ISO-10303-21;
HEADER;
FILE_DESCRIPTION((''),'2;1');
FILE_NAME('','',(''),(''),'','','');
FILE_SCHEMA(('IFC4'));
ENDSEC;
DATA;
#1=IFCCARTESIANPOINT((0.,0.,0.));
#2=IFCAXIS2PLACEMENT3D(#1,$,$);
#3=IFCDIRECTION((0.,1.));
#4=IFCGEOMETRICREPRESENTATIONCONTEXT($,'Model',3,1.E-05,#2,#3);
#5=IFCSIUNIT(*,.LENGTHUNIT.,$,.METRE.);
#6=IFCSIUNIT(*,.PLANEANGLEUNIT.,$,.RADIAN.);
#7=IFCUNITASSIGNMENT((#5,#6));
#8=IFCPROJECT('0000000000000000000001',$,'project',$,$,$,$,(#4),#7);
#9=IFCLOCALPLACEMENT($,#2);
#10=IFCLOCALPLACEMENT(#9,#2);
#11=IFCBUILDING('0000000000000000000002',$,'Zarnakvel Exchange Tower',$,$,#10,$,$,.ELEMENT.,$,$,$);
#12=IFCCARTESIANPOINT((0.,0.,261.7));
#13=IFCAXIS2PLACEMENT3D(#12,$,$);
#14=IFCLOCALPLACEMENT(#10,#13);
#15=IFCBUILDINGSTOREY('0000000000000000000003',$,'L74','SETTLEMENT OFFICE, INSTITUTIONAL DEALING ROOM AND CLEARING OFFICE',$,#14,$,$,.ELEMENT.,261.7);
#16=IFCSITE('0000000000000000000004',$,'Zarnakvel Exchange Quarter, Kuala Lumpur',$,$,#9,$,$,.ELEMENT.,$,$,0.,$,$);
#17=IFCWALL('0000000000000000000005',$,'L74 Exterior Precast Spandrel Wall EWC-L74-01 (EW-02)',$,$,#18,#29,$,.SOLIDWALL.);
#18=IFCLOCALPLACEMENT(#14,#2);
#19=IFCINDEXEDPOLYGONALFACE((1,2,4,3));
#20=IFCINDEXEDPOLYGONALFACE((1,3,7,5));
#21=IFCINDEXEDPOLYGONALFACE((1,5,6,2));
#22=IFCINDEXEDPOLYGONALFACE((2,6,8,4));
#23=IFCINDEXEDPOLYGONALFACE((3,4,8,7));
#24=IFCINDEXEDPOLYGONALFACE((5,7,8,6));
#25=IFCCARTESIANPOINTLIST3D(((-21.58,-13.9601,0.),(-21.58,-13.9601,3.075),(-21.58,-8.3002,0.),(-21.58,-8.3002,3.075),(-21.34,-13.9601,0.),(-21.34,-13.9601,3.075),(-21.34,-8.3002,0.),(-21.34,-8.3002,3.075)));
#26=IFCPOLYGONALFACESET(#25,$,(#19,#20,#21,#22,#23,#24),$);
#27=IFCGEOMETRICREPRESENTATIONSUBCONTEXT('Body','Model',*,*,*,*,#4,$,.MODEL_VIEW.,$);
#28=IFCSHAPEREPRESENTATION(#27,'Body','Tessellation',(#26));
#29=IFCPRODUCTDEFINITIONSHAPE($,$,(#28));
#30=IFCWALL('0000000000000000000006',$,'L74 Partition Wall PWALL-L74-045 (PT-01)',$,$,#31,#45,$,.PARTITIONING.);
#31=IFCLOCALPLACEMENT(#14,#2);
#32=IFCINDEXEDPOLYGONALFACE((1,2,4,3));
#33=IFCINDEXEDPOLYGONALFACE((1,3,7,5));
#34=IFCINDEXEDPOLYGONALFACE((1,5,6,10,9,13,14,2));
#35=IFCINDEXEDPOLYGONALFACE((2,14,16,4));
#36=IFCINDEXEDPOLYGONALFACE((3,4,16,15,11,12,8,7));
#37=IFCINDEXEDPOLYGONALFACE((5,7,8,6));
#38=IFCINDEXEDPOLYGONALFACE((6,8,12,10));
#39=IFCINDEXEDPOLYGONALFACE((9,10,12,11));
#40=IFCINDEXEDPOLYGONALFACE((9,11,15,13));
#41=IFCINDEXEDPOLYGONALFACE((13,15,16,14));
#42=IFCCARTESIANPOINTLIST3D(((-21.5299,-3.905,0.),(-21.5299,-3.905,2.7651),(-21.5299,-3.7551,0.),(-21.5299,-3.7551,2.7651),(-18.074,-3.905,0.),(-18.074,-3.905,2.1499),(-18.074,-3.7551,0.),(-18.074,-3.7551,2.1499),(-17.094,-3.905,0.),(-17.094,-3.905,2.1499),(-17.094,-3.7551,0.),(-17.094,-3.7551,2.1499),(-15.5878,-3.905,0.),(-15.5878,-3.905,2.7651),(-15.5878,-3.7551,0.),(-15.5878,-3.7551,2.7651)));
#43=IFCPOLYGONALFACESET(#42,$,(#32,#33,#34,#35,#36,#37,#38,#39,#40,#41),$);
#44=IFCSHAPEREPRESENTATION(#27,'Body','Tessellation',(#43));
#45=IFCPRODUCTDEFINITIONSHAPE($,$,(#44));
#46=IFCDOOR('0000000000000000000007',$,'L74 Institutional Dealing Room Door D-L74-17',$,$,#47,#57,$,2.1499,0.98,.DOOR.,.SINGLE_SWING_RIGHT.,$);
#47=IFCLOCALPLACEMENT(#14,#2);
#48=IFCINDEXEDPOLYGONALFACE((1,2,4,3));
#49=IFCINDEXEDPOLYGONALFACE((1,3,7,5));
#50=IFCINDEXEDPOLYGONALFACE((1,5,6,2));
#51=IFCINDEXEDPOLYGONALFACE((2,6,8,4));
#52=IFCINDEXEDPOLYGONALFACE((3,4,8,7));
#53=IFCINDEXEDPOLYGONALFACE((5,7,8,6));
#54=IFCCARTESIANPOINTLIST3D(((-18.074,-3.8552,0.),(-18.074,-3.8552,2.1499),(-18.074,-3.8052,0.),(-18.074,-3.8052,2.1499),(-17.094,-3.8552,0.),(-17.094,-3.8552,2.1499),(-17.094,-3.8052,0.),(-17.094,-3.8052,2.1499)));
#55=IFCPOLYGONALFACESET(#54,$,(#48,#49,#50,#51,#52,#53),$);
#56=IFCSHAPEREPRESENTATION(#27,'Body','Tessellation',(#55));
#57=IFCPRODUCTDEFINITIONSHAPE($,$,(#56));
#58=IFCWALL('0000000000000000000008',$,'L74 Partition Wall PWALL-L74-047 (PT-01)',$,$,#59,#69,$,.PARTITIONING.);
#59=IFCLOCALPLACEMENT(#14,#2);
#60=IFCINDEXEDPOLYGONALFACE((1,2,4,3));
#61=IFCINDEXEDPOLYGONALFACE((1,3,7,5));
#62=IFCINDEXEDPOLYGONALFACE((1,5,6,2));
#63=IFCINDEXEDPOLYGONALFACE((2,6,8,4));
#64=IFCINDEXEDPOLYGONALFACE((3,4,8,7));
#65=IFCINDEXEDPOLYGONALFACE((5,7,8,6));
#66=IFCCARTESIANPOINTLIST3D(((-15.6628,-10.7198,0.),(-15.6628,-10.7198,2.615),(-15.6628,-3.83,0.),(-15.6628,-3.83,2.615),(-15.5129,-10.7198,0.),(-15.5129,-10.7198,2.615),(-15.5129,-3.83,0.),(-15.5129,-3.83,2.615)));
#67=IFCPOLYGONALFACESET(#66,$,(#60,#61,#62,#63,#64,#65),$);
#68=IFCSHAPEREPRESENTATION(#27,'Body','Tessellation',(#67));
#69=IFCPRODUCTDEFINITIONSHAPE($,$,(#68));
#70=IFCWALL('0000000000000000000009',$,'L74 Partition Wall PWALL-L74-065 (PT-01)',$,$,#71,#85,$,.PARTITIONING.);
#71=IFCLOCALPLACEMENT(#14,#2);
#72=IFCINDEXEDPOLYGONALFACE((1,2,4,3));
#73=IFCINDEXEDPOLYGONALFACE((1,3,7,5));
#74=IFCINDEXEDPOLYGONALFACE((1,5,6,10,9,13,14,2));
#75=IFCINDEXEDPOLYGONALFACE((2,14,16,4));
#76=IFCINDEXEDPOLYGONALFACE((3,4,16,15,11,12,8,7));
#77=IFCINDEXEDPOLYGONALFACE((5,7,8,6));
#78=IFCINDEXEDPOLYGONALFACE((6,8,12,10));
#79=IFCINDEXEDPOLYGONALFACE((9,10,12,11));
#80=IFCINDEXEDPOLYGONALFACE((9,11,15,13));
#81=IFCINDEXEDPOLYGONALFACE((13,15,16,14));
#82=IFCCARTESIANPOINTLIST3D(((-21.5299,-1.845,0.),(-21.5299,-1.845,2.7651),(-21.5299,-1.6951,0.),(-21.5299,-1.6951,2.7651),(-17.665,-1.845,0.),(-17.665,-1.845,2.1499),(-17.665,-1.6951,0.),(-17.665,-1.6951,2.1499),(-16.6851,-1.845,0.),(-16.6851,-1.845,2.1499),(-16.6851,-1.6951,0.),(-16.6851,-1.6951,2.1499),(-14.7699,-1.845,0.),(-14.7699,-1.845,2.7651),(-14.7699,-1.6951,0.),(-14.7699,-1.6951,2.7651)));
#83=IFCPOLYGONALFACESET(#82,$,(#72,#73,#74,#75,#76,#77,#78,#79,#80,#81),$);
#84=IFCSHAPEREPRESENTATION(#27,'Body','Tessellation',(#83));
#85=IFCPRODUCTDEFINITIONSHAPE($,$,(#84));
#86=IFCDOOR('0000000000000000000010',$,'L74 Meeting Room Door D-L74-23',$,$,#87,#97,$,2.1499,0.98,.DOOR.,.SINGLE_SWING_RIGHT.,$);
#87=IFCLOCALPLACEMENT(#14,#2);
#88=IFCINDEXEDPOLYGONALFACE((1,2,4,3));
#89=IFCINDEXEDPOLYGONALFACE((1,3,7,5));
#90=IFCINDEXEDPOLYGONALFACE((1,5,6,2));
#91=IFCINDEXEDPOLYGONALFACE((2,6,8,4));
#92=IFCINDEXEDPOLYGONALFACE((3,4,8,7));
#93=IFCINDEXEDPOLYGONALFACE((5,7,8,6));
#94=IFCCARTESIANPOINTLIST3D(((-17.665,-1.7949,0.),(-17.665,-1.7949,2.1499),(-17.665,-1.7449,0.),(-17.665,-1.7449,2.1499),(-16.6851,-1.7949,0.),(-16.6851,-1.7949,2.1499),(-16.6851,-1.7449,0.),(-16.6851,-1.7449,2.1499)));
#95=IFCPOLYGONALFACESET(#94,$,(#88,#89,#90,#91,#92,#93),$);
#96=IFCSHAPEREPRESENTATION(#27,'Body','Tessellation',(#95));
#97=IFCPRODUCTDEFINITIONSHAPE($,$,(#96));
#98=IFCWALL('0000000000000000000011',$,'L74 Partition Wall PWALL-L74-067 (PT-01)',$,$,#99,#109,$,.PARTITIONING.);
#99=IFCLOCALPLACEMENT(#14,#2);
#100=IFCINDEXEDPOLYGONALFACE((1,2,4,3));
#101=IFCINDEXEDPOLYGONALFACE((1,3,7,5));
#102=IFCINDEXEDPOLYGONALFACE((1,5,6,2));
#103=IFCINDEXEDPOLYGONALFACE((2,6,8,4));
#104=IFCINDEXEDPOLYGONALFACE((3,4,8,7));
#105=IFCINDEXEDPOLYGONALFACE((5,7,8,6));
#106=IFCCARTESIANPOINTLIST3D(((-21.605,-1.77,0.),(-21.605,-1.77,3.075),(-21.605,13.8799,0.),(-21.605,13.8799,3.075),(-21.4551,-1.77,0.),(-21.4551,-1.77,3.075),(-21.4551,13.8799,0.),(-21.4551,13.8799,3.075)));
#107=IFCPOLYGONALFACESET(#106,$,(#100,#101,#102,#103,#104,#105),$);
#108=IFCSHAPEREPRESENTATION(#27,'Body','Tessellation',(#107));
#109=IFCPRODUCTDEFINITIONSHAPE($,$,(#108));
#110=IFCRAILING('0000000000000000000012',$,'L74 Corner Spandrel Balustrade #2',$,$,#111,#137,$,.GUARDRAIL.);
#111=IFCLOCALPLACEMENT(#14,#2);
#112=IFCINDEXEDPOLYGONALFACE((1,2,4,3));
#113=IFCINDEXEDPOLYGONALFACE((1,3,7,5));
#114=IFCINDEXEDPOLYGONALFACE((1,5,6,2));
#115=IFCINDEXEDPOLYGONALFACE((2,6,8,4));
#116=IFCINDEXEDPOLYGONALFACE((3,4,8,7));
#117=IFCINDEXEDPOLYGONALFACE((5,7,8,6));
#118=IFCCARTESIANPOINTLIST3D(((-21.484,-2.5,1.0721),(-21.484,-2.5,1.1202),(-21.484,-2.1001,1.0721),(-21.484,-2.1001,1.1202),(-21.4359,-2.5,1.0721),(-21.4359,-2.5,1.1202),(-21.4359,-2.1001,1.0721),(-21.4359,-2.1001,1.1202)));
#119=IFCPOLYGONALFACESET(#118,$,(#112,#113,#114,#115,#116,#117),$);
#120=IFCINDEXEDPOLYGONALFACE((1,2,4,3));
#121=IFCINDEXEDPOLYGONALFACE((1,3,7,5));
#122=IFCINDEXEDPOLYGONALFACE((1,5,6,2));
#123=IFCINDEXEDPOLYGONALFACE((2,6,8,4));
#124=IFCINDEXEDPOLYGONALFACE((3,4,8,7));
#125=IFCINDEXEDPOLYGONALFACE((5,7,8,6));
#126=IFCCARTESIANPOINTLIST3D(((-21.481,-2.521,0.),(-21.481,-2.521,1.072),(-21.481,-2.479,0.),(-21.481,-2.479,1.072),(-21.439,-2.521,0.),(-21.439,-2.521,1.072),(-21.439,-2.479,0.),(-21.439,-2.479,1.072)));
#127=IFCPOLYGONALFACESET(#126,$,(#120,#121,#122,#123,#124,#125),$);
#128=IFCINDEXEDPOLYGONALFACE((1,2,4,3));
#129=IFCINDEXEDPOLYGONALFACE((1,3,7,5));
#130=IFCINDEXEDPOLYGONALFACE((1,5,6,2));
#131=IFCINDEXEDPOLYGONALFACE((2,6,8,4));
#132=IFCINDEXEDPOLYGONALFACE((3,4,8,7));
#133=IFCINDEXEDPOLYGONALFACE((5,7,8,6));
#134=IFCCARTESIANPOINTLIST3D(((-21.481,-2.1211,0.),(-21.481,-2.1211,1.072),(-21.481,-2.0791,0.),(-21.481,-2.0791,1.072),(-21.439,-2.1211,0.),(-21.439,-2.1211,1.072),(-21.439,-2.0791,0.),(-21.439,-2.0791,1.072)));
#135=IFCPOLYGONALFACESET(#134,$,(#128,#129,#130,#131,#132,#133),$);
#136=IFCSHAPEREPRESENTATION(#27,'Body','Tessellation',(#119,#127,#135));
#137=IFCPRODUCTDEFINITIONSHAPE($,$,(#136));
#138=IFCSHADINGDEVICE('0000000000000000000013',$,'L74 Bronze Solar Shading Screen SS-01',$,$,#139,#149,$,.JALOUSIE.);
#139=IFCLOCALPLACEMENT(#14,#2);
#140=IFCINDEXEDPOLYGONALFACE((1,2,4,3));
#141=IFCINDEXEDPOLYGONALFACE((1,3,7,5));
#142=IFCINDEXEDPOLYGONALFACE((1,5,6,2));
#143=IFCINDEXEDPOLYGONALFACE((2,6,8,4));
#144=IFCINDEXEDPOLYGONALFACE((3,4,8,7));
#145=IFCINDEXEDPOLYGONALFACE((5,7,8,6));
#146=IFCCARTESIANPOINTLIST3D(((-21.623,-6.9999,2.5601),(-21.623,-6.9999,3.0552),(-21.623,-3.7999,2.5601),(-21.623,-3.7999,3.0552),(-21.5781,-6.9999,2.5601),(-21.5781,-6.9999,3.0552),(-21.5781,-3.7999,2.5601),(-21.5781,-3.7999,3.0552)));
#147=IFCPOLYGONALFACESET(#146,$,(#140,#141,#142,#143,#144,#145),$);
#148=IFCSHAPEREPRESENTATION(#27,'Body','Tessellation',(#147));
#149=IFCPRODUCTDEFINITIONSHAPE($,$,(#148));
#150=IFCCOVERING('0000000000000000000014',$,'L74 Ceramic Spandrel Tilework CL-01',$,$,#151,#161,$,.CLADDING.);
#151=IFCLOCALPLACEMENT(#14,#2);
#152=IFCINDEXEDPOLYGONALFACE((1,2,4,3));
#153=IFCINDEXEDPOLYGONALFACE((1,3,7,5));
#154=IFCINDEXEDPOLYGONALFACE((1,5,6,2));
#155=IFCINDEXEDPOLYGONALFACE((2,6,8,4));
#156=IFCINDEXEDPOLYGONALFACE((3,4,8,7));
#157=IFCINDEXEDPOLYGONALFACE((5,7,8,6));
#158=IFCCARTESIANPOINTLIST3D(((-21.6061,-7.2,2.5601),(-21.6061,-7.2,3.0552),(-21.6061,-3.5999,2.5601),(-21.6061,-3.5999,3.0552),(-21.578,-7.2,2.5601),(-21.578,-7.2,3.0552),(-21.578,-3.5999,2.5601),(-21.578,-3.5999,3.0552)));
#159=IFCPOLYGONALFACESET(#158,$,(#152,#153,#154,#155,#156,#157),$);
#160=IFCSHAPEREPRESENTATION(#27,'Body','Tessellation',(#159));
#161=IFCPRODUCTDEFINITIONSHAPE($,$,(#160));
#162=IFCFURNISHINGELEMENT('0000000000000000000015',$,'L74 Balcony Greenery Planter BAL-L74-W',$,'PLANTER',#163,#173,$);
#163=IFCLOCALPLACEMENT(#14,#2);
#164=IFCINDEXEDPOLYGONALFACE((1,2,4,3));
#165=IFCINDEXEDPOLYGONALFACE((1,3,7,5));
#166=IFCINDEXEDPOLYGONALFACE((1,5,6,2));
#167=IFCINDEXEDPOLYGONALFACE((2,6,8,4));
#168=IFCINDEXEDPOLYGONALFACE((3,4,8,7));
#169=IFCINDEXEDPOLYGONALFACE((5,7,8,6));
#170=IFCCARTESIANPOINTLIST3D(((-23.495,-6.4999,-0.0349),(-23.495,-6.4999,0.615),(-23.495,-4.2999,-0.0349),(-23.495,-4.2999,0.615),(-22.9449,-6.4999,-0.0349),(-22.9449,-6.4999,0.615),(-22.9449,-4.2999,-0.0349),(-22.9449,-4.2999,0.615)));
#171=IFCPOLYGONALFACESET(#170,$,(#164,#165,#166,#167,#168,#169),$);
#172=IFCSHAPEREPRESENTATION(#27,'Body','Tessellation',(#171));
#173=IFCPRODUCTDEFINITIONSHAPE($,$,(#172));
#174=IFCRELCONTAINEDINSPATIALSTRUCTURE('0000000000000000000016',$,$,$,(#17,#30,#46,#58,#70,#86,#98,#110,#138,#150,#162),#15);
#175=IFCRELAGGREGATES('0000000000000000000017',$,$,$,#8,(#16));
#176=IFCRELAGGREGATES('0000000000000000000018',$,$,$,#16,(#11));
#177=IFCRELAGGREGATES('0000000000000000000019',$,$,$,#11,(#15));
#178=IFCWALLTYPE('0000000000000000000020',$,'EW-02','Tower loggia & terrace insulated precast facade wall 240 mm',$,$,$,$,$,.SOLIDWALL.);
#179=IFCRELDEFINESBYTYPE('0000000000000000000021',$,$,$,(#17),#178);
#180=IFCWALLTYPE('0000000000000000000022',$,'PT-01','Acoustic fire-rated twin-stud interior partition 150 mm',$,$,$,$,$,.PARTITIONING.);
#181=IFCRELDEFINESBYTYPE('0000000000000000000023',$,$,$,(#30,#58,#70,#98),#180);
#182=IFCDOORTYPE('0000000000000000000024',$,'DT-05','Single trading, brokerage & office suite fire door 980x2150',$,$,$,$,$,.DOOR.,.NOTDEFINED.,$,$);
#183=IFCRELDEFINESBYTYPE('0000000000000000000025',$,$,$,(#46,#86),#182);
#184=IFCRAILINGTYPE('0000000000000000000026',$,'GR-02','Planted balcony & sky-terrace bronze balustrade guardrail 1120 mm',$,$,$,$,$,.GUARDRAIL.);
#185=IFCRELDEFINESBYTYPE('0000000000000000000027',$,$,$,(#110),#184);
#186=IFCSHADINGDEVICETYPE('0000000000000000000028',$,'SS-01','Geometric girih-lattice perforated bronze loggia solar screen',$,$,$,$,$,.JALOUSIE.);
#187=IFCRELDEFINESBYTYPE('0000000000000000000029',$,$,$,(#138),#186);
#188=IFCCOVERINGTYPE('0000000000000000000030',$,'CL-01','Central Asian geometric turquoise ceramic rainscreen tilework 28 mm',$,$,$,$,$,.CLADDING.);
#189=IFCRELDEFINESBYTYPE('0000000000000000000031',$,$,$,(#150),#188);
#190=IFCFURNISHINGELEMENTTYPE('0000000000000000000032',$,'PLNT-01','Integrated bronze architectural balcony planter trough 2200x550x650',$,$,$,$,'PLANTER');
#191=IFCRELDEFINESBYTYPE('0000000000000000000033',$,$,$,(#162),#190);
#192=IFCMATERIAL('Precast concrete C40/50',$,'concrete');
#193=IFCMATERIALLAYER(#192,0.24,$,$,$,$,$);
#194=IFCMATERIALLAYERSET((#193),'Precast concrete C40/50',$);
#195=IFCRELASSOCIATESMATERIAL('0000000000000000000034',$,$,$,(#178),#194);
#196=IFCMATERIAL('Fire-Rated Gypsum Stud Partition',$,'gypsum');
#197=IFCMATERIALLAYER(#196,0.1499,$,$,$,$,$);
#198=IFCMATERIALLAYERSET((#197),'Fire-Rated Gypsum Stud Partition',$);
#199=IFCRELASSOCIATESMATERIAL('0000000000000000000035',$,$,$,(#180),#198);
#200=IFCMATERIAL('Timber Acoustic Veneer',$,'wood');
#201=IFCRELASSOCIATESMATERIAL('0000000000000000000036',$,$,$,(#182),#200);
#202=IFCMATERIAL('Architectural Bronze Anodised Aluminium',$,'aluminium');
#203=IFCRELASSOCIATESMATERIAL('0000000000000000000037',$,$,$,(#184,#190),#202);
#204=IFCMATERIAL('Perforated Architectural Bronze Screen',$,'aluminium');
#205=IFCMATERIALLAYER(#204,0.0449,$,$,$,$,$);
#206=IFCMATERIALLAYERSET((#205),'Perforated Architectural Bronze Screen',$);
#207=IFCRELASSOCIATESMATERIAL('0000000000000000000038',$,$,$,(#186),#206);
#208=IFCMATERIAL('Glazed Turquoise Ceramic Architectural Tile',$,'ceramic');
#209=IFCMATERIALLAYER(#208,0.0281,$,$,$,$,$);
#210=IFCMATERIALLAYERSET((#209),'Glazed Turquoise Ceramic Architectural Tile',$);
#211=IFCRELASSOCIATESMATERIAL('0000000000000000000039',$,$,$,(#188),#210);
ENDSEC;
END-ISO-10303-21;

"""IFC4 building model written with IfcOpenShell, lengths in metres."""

from ifc_helpers import new_model, si_unit, direction, frame, frame_2d, origin, origin_2d, place, context, subcontext, project, spatial, rectangle, extrude, source, transform, mapped, material, layer, layer_set, type_object, element, fill, save


model = new_model("IFC4")

# Units and contexts
model_context = context("Model", 3, precision=1e-05, world=origin(), true_north=direction((0.0, 1.0)))
body_context = subcontext(model_context, "Body", "Model", "MODEL_VIEW")
ifc_project = project(units=[si_unit("LENGTHUNIT", "METRE"), si_unit("PLANEANGLEUNIT", "RADIAN")], contexts=[model_context])

# Site, building, storey
site_placement = place(None, origin())
site = spatial("IfcSite", under=ifc_project, at=site_placement, Name="Zarnakvel Exchange Quarter, Kuala Lumpur", CompositionType="ELEMENT", RefElevation=0.0)
building_placement = place(site_placement, origin())
building = spatial("IfcBuilding", under=site, at=building_placement, Name="Zarnakvel Exchange Tower", CompositionType="ELEMENT")
storey_placement = place(building_placement, frame((0.0, 0.0, 261.7)))
storey = spatial("IfcBuildingStorey", under=building, at=storey_placement, Name="L74", Description="SETTLEMENT OFFICE, INSTITUTIONAL DEALING ROOM AND CLEARING OFFICE", CompositionType="ELEMENT", Elevation=261.7)

# Shared definitions
ifc_material_1 = material(Name="Architectural Bronze Anodised Aluminium", Category="aluminium")

# Shared definitions
ifc_material_2 = material(Name="Precast concrete C40/50", Category="concrete")
ifc_layer_1 = layer(ifc_material_2, 0.24)
ifc_layer_set_1 = layer_set([ifc_layer_1], Name="Precast concrete C40/50")
wall_type_1 = type_object("IfcWallType", Name="EW-02", Description="Tower loggia & terrace insulated precast facade wall 240 mm", PredefinedType="SOLIDWALL", material=ifc_layer_set_1)

# Wall
wall_1_placement = place(storey_placement, frame((-21.46, -8.3, 0.0), z_axis=(0.0, 0.0, 1.0), x_axis=(0.0, -1.0, 0.0)))
element("IfcWall", 1, at=wall_1_placement, inside=storey, type_object=wall_type_1, Name="L74 Exterior Precast Spandrel Wall EWC-L74-01 (EW-02)", PredefinedType="SOLIDWALL", context=body_context, shape_type="SweptSolid", body=[
    extrude(rectangle(XDim=5.6599, YDim=0.24, at=frame_2d((2.8301, 0.0))), origin(), (0.0, 0.0, 1.0), 3.075),
])

# Wall, opening, door
ifc_material_3 = material(Name="Fire-Rated Gypsum Stud Partition", Category="gypsum")
ifc_layer_2 = layer(ifc_material_3, 0.1499)
ifc_layer_set_2 = layer_set([ifc_layer_2], Name="Fire-Rated Gypsum Stud Partition")
wall_type_2 = type_object("IfcWallType", Name="PT-01", Description="Acoustic fire-rated twin-stud interior partition 150 mm", PredefinedType="PARTITIONING", material=ifc_layer_set_2)
wall_2_placement = place(storey_placement, frame((-21.53, -3.8301, 0.0), z_axis=(0.0, 0.0, 1.0), x_axis=(1.0, 0.0, 0.0)))
wall_2 = element("IfcWall", 2, at=wall_2_placement, inside=storey, type_object=wall_type_2, Name="L74 Partition Wall PWALL-L74-045 (PT-01)", PredefinedType="PARTITIONING", context=body_context, shape_type="SweptSolid", body=[
    extrude(rectangle(XDim=5.9421, YDim=0.1499, at=frame_2d((2.9712, 0.0))), origin(), (0.0, 0.0, 1.0), 2.7651),
])
opening_1_placement = place(wall_2_placement, frame((3.4561, 0.0, 0.0)))
opening_1 = element("IfcOpeningElement", 3, at=opening_1_placement, cuts=wall_2, PredefinedType="OPENING", context=body_context, shape_type="SweptSolid", body=[
    extrude(rectangle(XDim=0.98, YDim=2.1499, at=frame_2d((0.49, 1.075))), frame((0.0, 0.085, 0.0), z_axis=(0.0, -1.0, 0.0), x_axis=(1.0, 0.0, 0.0)), (0.0, 0.0, 1.0), 0.1699),
])
ifc_material_4 = material(Name="Timber Acoustic Veneer", Category="wood")
door_type_1 = type_object("IfcDoorType", Name="DT-05", Description="Single trading, brokerage & office suite fire door 980x2150", OperationType="NOTDEFINED", PredefinedType="DOOR", material=ifc_material_4)
shared_shape_1 = source(origin(), body_context, "Body", "SweptSolid", [
    extrude(rectangle(XDim=0.98, YDim=2.1499, at=frame_2d((0.49, 1.075))), frame((0.0, 0.0249, 0.0), z_axis=(0.0, -1.0, 0.0), x_axis=(1.0, 0.0, 0.0)), (0.0, 0.0, 1.0), 0.05),
])
door_1_placement = place(opening_1_placement, origin())
door_1 = element("IfcDoor", 4, at=door_1_placement, inside=storey, type_object=door_type_1, Name="L74 Institutional Dealing Room Door D-L74-17", OperationType="SINGLE_SWING_RIGHT", OverallHeight=2.1499, OverallWidth=0.98, PredefinedType="DOOR", context=body_context, shape_type="MappedRepresentation", body=[
    mapped(shared_shape_1, transform((0.0, 0.0, 0.0), x_axis=(1.0, 0.0, 0.0), y_axis=(0.0, 1.0, 0.0), z_axis=(0.0, 0.0, 1.0), scale=1.0)),
])
fill(opening_1, door_1)

# Wall
wall_3_placement = place(storey_placement, frame((-15.5879, -3.8301, 0.0), z_axis=(0.0, 0.0, 1.0), x_axis=(0.0, -1.0, 0.0)))
element("IfcWall", 5, at=wall_3_placement, inside=storey, type_object=wall_type_2, Name="L74 Partition Wall PWALL-L74-047 (PT-01)", PredefinedType="PARTITIONING", context=body_context, shape_type="SweptSolid", body=[
    extrude(rectangle(XDim=6.8899, YDim=0.1499, at=frame_2d((3.4448, 0.0))), origin(), (0.0, 0.0, 1.0), 2.615),
])

# Wall, opening, door
wall_4_placement = place(storey_placement, frame((-14.77, -1.77, 0.0), z_axis=(0.0, 0.0, 1.0), x_axis=(-1.0, 0.0, 0.0)))
wall_4 = element("IfcWall", 6, at=wall_4_placement, inside=storey, type_object=wall_type_2, Name="L74 Partition Wall PWALL-L74-065 (PT-01)", PredefinedType="PARTITIONING", context=body_context, shape_type="SweptSolid", body=[
    extrude(rectangle(XDim=6.76, YDim=0.1499, at=frame_2d((3.3799, 0.0))), origin(), (0.0, 0.0, 1.0), 2.7651),
])
opening_2_placement = place(wall_4_placement, frame((1.915, 0.0, 0.0)))
opening_2 = element("IfcOpeningElement", 7, at=opening_2_placement, cuts=wall_4, PredefinedType="OPENING", context=body_context, shape_type="SweptSolid", body=[
    extrude(rectangle(XDim=0.98, YDim=2.1499, at=frame_2d((0.49, 1.075))), frame((0.0, 0.085, 0.0), z_axis=(0.0, -1.0, 0.0), x_axis=(1.0, 0.0, 0.0)), (0.0, 0.0, 1.0), 0.1699),
])
door_2_placement = place(opening_2_placement, origin())
door_2 = element("IfcDoor", 8, at=door_2_placement, inside=storey, type_object=door_type_1, Name="L74 Meeting Room Door D-L74-23", OperationType="SINGLE_SWING_RIGHT", OverallHeight=2.1499, OverallWidth=0.98, PredefinedType="DOOR", context=body_context, shape_type="MappedRepresentation", body=[
    mapped(shared_shape_1, transform((0.0, 0.0, 0.0), x_axis=(1.0, 0.0, 0.0), y_axis=(0.0, 1.0, 0.0), z_axis=(0.0, 0.0, 1.0), scale=1.0)),
])
fill(opening_2, door_2)

# Wall
wall_5_placement = place(storey_placement, frame((-21.53, -1.77, 0.0), z_axis=(0.0, 0.0, 1.0), x_axis=(0.0, 1.0, 0.0)))
element("IfcWall", 9, at=wall_5_placement, inside=storey, type_object=wall_type_2, Name="L74 Partition Wall PWALL-L74-067 (PT-01)", PredefinedType="PARTITIONING", context=body_context, shape_type="SweptSolid", body=[
    extrude(rectangle(XDim=15.6499, YDim=0.1499, at=frame_2d((7.825, 0.0))), origin(), (0.0, 0.0, 1.0), 3.075),
])

# Railing
railing_type = type_object("IfcRailingType", Name="GR-02", Description="Planted balcony & sky-terrace bronze balustrade guardrail 1120 mm", PredefinedType="GUARDRAIL", material=ifc_material_1)
railing_placement = place(storey_placement, frame((-21.46, -2.5, 0.0)))
element("IfcRailing", 10, at=railing_placement, inside=storey, type_object=railing_type, Name="L74 Corner Spandrel Balustrade #2", PredefinedType="GUARDRAIL", context=body_context, shape_type="SweptSolid", body=[
    extrude(rectangle(XDim=0.0481, YDim=0.0481, at=origin_2d()), frame((0.0, 0.0, 1.0962), z_axis=(0.0, 1.0, 0.0), x_axis=(-1.0, 0.0, 0.0)), (0.0, 0.0, 1.0), 0.3999),
    extrude(rectangle(XDim=0.042, YDim=0.042, at=origin_2d()), origin(), (0.0, 0.0, 1.0), 1.072),
    extrude(rectangle(XDim=0.042, YDim=0.042, at=origin_2d()), frame((0.0, 0.3999, 0.0)), (0.0, 0.0, 1.0), 1.072),
])

# Shading device
ifc_material_5 = material(Name="Perforated Architectural Bronze Screen", Category="aluminium")
ifc_layer_3 = layer(ifc_material_5, 0.0449)
ifc_layer_set_3 = layer_set([ifc_layer_3], Name="Perforated Architectural Bronze Screen")
shading_device_type = type_object("IfcShadingDeviceType", Name="SS-01", Description="Geometric girih-lattice perforated bronze loggia solar screen", PredefinedType="JALOUSIE", material=ifc_layer_set_3)
shared_shape_2 = source(origin(), body_context, "Body", "SweptSolid", [
    extrude(rectangle(XDim=3.2, YDim=0.0449, at=origin_2d()), origin(), (0.0, 0.0, 1.0), 0.4951),
])
shading_device_placement = place(storey_placement, frame((-21.6006, -5.3999, 2.5601), z_axis=(0.0, 0.0, 1.0), x_axis=(0.0, 1.0, 0.0)))
element("IfcShadingDevice", 11, at=shading_device_placement, inside=storey, type_object=shading_device_type, Name="L74 Bronze Solar Shading Screen SS-01", PredefinedType="JALOUSIE", context=body_context, shape_type="MappedRepresentation", body=[
    mapped(shared_shape_2, transform((0.0, 0.0, 0.0), x_axis=(1.0, 0.0, 0.0), y_axis=(0.0, 1.0, 0.0), z_axis=(0.0, 0.0, 1.0), scale=1.0)),
])

# Covering
ifc_material_6 = material(Name="Glazed Turquoise Ceramic Architectural Tile", Category="ceramic")
ifc_layer_4 = layer(ifc_material_6, 0.0281)
ifc_layer_set_4 = layer_set([ifc_layer_4], Name="Glazed Turquoise Ceramic Architectural Tile")
covering_type = type_object("IfcCoveringType", Name="CL-01", Description="Central Asian geometric turquoise ceramic rainscreen tilework 28 mm", PredefinedType="CLADDING", material=ifc_layer_set_4)
shared_shape_3 = source(origin(), body_context, "Body", "SweptSolid", [
    extrude(rectangle(XDim=3.6001, YDim=0.0281, at=origin_2d()), origin(), (0.0, 0.0, 1.0), 0.4951),
])
covering_placement = place(storey_placement, frame((-21.592, -5.3999, 2.5601), z_axis=(0.0, 0.0, 1.0), x_axis=(0.0, 1.0, 0.0)))
element("IfcCovering", 12, at=covering_placement, inside=storey, type_object=covering_type, Name="L74 Ceramic Spandrel Tilework CL-01", PredefinedType="CLADDING", context=body_context, shape_type="MappedRepresentation", body=[
    mapped(shared_shape_3, transform((0.0, 0.0, 0.0), x_axis=(1.0, 0.0, 0.0), y_axis=(0.0, 1.0, 0.0), z_axis=(0.0, 0.0, 1.0), scale=1.0)),
])

# Furnishing element
furnishing_element_type = type_object("IfcFurnishingElementType", Name="PLNT-01", Description="Integrated bronze architectural balcony planter trough 2200x550x650", ElementType="PLANTER", material=ifc_material_1)
shared_shape_4 = source(origin(), body_context, "Body", "SweptSolid", [
    extrude(rectangle(XDim=2.2, YDim=0.55, at=origin_2d()), origin(), (0.0, 0.0, 1.0), 0.6499),
])
furnishing_placement = place(storey_placement, frame((-23.22, -5.3999, -0.0349), z_axis=(0.0, 0.0, 1.0), x_axis=(0.0, 1.0, 0.0)))
element("IfcFurnishingElement", 13, at=furnishing_placement, inside=storey, type_object=furnishing_element_type, Name="L74 Balcony Greenery Planter BAL-L74-W", ObjectType="PLANTER", context=body_context, shape_type="MappedRepresentation", body=[
    mapped(shared_shape_4, transform((0.0, 0.0, 0.0), x_axis=(1.0, 0.0, 0.0), y_axis=(0.0, 1.0, 0.0), z_axis=(0.0, 0.0, 1.0), scale=1.0)),
])

save(model, "model.ifc")
